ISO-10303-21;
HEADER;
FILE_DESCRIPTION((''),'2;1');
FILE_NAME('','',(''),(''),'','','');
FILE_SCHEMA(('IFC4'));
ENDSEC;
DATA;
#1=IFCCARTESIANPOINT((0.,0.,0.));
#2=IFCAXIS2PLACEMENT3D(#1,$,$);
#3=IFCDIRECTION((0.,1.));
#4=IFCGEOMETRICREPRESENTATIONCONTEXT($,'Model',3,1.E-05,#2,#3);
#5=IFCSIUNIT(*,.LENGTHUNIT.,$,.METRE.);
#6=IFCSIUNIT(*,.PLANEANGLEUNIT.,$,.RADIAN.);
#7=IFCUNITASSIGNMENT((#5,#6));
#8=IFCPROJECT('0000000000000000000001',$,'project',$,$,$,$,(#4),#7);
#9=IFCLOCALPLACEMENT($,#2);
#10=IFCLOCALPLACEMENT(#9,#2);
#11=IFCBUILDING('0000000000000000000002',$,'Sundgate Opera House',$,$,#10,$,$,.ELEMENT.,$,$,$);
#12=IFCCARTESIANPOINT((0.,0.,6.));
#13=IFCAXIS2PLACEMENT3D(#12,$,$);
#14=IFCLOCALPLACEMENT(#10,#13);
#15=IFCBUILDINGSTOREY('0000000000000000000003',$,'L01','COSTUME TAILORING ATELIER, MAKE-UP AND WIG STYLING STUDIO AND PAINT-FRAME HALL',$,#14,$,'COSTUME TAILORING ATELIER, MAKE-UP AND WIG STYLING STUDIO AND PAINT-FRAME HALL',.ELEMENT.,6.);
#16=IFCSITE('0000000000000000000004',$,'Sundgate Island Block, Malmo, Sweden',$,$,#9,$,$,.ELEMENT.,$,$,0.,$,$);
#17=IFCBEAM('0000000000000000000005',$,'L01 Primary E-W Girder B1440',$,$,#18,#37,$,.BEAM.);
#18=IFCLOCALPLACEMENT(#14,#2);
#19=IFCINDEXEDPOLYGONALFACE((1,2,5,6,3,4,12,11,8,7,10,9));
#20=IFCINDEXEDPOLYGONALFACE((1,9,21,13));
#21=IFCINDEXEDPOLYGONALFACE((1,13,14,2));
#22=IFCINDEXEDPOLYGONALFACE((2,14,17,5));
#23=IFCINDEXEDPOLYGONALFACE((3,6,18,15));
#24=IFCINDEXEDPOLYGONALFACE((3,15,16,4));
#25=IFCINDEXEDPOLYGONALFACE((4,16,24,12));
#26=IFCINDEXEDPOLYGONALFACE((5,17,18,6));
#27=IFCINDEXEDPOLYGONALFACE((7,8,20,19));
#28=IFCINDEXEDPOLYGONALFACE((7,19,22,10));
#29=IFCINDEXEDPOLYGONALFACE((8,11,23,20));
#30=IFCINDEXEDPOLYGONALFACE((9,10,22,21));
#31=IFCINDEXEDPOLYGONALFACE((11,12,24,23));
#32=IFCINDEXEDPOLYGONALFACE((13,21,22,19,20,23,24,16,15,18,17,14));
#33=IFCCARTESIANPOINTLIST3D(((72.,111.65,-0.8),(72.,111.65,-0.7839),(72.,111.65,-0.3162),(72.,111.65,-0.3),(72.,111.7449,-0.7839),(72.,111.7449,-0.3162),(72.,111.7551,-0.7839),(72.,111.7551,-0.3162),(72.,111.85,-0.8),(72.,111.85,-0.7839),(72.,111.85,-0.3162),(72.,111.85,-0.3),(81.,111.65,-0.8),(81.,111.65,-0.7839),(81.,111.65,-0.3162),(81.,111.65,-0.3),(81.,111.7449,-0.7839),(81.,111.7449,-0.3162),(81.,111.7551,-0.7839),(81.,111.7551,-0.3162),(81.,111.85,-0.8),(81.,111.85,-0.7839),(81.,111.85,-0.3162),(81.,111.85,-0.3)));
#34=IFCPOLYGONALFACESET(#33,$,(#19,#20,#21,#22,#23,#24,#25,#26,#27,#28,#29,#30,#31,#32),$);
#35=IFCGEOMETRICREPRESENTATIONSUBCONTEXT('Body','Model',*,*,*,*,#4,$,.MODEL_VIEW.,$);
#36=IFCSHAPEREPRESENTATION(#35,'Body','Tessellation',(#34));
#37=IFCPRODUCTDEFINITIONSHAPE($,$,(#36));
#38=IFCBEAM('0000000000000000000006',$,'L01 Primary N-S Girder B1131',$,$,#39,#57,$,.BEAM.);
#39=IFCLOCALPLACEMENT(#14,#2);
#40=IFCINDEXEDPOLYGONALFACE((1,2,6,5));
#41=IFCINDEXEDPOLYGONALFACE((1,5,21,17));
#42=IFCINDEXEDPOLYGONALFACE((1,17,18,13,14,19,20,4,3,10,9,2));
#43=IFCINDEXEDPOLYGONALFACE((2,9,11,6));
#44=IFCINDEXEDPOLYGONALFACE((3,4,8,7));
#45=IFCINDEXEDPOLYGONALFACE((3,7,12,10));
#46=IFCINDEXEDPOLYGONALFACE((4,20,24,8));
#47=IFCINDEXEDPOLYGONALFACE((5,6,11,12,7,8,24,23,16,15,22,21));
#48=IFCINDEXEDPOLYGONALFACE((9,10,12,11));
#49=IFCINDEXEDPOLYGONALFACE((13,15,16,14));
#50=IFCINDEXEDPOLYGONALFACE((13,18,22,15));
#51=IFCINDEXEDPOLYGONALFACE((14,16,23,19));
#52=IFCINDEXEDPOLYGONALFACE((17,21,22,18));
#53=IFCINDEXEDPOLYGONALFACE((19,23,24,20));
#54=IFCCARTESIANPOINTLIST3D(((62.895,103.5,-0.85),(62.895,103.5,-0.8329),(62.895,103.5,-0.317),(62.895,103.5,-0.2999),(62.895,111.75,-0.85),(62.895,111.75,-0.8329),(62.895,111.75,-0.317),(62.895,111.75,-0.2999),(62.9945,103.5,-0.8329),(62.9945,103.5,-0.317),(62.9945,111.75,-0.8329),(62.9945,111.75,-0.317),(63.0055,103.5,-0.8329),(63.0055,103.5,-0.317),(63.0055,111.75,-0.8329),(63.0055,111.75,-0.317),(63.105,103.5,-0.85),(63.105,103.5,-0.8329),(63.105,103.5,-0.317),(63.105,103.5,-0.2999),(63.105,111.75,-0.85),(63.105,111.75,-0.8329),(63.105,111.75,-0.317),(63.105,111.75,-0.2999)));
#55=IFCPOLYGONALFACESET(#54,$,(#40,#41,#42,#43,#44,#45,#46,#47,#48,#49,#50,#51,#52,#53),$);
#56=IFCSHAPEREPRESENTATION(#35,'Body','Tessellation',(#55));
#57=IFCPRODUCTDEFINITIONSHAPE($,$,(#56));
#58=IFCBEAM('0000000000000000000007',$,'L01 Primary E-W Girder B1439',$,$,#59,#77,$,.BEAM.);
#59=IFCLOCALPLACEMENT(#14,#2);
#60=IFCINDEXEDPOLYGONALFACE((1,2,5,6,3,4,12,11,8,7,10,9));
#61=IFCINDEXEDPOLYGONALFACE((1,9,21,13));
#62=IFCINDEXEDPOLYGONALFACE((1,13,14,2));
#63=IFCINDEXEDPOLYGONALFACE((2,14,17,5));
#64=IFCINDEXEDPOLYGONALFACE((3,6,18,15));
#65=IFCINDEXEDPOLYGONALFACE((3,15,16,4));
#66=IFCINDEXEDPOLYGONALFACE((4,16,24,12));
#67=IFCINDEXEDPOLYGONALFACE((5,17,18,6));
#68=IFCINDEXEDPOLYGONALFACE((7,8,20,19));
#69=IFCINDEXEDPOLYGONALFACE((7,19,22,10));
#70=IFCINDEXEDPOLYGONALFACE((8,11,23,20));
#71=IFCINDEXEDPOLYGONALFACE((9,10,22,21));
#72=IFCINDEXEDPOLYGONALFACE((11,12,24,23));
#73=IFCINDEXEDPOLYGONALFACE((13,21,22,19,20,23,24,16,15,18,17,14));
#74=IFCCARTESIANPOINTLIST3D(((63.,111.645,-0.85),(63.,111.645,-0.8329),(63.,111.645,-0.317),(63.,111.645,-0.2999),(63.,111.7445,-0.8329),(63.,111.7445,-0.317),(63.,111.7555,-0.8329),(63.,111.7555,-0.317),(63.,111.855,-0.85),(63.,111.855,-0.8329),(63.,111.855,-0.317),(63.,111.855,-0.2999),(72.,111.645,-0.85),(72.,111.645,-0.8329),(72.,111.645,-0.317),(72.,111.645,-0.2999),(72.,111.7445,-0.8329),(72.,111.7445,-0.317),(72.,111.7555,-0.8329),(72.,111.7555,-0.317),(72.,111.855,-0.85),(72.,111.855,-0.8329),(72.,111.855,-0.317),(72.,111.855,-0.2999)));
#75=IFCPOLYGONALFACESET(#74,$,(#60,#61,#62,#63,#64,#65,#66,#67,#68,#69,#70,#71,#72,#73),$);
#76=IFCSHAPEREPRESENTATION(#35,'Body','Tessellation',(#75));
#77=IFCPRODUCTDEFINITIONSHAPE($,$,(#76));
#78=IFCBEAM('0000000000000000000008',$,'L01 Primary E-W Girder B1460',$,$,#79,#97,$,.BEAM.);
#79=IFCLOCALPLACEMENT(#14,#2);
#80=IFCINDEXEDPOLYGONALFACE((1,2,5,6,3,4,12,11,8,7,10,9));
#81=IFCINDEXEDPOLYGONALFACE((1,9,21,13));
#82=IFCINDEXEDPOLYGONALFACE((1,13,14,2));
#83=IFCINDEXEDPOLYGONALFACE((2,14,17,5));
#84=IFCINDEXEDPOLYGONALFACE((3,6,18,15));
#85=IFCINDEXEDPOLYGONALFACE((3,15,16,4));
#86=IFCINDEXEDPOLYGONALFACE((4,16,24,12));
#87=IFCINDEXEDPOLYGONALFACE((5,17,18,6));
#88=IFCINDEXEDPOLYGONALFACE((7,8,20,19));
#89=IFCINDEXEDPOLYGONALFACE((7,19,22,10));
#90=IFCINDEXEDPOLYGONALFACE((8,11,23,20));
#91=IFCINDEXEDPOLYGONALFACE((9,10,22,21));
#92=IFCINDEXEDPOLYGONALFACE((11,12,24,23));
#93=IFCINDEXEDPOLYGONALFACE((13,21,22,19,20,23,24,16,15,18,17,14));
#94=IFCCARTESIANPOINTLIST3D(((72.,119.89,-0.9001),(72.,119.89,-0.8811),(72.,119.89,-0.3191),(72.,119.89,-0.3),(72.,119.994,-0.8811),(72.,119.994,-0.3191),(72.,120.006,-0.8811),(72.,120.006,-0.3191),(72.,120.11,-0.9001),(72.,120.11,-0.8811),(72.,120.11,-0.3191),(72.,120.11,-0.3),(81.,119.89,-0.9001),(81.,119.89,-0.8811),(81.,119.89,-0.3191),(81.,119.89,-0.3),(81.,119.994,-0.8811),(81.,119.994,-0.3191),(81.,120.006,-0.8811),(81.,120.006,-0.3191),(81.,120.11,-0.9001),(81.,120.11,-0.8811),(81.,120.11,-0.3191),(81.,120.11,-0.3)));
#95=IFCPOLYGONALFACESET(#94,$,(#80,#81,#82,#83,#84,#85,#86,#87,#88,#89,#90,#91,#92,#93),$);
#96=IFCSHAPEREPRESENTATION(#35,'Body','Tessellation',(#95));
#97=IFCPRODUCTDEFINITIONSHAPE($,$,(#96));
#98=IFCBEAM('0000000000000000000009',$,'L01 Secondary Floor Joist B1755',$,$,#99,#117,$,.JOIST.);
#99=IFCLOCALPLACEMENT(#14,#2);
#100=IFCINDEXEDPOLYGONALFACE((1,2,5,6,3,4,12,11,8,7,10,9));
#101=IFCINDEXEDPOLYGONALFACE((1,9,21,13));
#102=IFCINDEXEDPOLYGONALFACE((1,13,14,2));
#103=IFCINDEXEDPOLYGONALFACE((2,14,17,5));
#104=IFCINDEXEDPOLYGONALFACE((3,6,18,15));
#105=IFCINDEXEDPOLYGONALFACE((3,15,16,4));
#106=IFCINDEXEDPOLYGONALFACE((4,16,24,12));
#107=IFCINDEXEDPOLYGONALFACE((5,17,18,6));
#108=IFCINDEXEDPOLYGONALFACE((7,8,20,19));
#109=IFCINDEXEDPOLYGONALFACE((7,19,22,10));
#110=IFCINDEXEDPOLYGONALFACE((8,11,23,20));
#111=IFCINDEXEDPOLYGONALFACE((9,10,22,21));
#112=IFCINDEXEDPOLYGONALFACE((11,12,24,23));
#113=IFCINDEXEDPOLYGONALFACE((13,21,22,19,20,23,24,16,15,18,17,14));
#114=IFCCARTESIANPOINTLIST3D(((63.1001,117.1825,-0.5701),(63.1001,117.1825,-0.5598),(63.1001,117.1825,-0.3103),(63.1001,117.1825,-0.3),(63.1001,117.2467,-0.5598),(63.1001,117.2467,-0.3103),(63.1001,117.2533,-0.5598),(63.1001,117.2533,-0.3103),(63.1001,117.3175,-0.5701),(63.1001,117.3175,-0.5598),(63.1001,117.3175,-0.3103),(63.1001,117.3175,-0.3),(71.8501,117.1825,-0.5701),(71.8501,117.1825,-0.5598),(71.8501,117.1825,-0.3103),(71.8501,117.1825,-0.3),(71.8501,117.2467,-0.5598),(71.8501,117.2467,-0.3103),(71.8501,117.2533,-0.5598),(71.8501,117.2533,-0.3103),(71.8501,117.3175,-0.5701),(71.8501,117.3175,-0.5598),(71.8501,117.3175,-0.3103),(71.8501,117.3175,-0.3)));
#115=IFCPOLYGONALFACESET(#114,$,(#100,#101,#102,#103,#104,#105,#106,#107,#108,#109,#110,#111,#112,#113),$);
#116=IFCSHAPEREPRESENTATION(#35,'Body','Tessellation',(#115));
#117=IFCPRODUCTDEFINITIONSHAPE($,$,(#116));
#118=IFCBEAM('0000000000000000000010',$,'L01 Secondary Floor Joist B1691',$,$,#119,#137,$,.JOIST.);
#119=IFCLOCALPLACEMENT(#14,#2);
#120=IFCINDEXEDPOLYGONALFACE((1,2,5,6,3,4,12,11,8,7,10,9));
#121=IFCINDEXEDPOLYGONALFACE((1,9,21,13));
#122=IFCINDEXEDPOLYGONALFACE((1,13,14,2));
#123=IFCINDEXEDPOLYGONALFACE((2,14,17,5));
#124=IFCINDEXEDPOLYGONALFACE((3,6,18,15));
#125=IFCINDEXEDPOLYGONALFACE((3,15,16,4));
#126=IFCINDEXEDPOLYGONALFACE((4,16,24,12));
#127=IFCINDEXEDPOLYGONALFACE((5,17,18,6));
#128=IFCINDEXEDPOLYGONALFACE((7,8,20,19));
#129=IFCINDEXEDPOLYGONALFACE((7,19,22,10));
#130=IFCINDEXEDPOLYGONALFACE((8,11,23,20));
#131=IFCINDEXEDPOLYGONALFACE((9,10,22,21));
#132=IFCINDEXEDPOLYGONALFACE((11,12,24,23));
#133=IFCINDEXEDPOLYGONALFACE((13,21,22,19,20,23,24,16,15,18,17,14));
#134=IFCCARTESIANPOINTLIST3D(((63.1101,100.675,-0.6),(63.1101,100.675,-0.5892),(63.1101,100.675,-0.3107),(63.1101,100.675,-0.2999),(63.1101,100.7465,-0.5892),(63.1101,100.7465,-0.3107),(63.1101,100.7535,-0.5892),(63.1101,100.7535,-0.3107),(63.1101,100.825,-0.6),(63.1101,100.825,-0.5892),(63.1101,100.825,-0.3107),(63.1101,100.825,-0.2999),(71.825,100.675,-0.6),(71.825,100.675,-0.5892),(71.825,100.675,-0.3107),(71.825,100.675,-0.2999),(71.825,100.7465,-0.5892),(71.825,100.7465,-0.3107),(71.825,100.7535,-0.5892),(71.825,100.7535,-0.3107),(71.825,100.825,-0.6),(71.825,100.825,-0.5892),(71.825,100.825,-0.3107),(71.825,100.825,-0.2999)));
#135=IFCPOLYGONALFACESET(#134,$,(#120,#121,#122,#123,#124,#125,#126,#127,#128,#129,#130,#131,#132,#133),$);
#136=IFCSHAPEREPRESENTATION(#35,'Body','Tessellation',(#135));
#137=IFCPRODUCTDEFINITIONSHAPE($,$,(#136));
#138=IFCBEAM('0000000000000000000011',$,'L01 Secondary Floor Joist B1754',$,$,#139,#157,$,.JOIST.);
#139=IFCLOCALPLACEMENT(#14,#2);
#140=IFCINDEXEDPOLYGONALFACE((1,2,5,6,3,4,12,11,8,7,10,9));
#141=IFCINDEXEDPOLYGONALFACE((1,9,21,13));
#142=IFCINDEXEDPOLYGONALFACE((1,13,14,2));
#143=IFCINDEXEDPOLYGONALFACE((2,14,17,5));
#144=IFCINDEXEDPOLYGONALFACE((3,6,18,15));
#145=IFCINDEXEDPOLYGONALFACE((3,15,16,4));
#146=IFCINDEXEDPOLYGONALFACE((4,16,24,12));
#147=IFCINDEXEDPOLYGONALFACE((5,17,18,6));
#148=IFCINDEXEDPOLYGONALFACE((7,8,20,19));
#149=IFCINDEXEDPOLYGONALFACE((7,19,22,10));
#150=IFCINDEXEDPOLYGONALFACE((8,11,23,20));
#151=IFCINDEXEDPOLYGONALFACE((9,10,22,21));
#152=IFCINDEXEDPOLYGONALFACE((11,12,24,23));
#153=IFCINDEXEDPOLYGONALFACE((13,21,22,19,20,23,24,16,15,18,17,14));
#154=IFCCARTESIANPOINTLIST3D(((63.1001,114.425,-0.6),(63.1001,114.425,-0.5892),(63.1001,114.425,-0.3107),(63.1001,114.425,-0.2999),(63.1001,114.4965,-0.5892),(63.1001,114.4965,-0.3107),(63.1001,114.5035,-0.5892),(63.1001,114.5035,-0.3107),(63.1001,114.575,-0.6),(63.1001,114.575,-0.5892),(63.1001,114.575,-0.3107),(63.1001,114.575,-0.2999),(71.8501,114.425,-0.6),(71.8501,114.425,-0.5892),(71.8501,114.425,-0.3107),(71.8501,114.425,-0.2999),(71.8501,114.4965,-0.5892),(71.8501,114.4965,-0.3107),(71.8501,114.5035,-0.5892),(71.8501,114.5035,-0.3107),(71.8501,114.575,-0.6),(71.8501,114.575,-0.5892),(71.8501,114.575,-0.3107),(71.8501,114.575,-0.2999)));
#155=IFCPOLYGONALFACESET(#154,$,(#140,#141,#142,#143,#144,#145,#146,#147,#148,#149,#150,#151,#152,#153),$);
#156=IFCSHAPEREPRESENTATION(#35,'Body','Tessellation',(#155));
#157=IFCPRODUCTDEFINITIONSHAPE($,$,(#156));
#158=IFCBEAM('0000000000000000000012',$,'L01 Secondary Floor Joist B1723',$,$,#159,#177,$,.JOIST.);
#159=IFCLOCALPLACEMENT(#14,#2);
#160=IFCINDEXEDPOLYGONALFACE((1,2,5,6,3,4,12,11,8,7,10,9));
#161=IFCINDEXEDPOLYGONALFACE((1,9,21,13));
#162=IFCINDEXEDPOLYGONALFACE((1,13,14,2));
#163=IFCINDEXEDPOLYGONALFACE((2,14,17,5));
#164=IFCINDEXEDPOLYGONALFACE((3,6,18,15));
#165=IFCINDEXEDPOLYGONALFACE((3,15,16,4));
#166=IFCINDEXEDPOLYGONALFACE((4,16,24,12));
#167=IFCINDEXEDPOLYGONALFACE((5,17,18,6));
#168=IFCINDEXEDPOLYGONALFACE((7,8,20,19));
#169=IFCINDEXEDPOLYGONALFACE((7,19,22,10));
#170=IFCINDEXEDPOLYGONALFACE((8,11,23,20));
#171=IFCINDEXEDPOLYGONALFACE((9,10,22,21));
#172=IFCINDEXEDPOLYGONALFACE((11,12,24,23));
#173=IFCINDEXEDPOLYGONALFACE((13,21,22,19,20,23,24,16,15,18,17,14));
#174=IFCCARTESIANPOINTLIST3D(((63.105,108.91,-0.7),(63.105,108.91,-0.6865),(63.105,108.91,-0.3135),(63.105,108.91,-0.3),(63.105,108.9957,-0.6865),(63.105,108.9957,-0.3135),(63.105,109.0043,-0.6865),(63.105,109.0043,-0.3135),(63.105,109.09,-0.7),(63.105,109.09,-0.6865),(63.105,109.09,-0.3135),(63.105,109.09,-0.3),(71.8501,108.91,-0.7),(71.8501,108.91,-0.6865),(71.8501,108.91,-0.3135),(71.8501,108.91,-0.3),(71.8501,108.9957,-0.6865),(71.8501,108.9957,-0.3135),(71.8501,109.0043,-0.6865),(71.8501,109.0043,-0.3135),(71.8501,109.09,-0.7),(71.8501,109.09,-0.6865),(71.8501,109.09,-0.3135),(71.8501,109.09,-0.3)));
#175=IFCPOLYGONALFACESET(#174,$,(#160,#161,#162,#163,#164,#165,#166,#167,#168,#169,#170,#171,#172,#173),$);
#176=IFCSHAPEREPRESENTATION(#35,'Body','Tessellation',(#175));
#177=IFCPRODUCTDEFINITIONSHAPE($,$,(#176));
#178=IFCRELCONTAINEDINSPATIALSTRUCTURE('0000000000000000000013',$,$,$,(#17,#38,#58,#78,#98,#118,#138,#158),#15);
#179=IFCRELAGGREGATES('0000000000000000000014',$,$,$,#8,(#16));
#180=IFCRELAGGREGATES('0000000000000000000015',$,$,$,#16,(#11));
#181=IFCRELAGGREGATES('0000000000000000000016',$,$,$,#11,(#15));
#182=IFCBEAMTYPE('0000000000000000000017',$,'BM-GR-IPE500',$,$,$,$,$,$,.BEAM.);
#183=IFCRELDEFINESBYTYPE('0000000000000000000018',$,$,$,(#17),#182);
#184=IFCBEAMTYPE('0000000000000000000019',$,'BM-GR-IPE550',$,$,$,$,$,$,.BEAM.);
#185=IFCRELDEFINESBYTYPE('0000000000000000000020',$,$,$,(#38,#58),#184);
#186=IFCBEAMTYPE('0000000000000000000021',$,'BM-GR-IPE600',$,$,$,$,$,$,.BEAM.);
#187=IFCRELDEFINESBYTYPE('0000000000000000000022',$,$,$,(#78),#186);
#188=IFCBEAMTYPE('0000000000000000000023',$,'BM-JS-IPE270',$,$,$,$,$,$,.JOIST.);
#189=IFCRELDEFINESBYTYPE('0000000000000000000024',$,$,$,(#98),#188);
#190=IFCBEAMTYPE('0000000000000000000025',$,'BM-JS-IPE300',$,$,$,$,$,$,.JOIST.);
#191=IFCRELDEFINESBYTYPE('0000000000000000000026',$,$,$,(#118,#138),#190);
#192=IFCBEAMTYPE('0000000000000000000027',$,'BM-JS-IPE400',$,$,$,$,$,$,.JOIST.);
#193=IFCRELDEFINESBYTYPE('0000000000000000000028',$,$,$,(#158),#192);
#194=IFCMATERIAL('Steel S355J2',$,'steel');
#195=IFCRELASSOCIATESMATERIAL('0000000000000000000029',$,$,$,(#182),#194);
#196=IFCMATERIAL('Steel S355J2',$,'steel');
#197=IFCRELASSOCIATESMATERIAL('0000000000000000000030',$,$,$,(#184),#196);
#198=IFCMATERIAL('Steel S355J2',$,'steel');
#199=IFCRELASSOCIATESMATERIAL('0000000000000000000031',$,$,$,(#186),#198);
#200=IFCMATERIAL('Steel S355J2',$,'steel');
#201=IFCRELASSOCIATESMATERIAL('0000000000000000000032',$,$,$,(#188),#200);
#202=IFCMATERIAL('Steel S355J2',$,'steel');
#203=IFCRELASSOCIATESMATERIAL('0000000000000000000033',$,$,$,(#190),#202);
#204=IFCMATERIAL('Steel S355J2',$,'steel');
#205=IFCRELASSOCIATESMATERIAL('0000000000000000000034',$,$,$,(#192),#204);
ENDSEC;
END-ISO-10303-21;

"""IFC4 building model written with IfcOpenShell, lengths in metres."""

from ifc_helpers import new_model, si_unit, direction, frame, origin, origin_2d, place, context, subcontext, project, spatial, i_section, extrude, material, material_profile, profile_set, type_object, element, save


model = new_model("IFC4")

# Units and contexts
model_context = context("Model", 3, precision=1e-05, world=origin(), true_north=direction((0.0, 1.0)))
body_context = subcontext(model_context, "Body", "Model", "MODEL_VIEW")
ifc_project = project(units=[si_unit("LENGTHUNIT", "METRE"), si_unit("PLANEANGLEUNIT", "RADIAN")], contexts=[model_context])

# Site, building, storey
site_placement = place(None, origin())
site = spatial("IfcSite", under=ifc_project, at=site_placement, Name="Sundgate Island Block, Malmo, Sweden", CompositionType="ELEMENT", RefElevation=0.0)
building_placement = place(site_placement, origin())
building = spatial("IfcBuilding", under=site, at=building_placement, Name="Sundgate Opera House", CompositionType="ELEMENT")
storey_placement = place(building_placement, frame((0.0, 0.0, 6.0)))
storey = spatial("IfcBuildingStorey", under=building, at=storey_placement, Name="L01", Description="COSTUME TAILORING ATELIER, MAKE-UP AND WIG STYLING STUDIO AND PAINT-FRAME HALL", LongName="COSTUME TAILORING ATELIER, MAKE-UP AND WIG STYLING STUDIO AND PAINT-FRAME HALL", CompositionType="ELEMENT", Elevation=6.0)

# Beams
ifc_material_1 = material(Name="Steel S355J2", Category="steel")
ifc_material_profile_1 = material_profile(ifc_material_1, i_section(OverallWidth=0.2, OverallDepth=0.5, WebThickness=0.0103, FlangeThickness=0.0161, at=origin_2d()), Name="IPE 500")
ifc_profile_set_1 = profile_set([ifc_material_profile_1], Name="Steel S355J2")
beam_type_1 = type_object("IfcBeamType", Name="BM-GR-IPE500", PredefinedType="BEAM", material=ifc_profile_set_1)
beam_1_placement = place(storey_placement, frame((72.0, 111.75, -0.55), z_axis=(1.0, 0.0, 0.0), x_axis=(0.0, 1.0, 0.0)))
element("IfcBeam", 1, at=beam_1_placement, inside=storey, type_object=beam_type_1, Name="L01 Primary E-W Girder B1440", PredefinedType="BEAM", context=body_context, shape_type="SweptSolid", body=[
    extrude(i_section(OverallWidth=0.2, OverallDepth=0.5, WebThickness=0.0103, FlangeThickness=0.0161, at=origin_2d()), origin(), (0.0, 0.0, 1.0), 9.0),
])
ifc_material_2 = material(Name="Steel S355J2", Category="steel")
ifc_material_profile_2 = material_profile(ifc_material_2, i_section(OverallWidth=0.21, OverallDepth=0.55, WebThickness=0.011, FlangeThickness=0.0171, at=origin_2d()), Name="IPE 550")
ifc_profile_set_2 = profile_set([ifc_material_profile_2], Name="Steel S355J2")
beam_type_2 = type_object("IfcBeamType", Name="BM-GR-IPE550", PredefinedType="BEAM", material=ifc_profile_set_2)
beam_2_placement = place(storey_placement, frame((63.0, 103.5, -0.575), z_axis=(0.0, 1.0, 0.0), x_axis=(-1.0, 0.0, 0.0)))
element("IfcBeam", 2, at=beam_2_placement, inside=storey, type_object=beam_type_2, Name="L01 Primary N-S Girder B1131", PredefinedType="BEAM", context=body_context, shape_type="SweptSolid", body=[
    extrude(i_section(OverallWidth=0.21, OverallDepth=0.55, WebThickness=0.011, FlangeThickness=0.0171, at=origin_2d()), origin(), (0.0, 0.0, 1.0), 8.25),
])
beam_3_placement = place(storey_placement, frame((63.0, 111.75, -0.575), z_axis=(1.0, 0.0, 0.0), x_axis=(0.0, 1.0, 0.0)))
element("IfcBeam", 3, at=beam_3_placement, inside=storey, type_object=beam_type_2, Name="L01 Primary E-W Girder B1439", PredefinedType="BEAM", context=body_context, shape_type="SweptSolid", body=[
    extrude(i_section(OverallWidth=0.21, OverallDepth=0.55, WebThickness=0.011, FlangeThickness=0.0171, at=origin_2d()), origin(), (0.0, 0.0, 1.0), 9.0),
])
ifc_material_3 = material(Name="Steel S355J2", Category="steel")
ifc_material_profile_3 = material_profile(ifc_material_3, i_section(OverallWidth=0.22, OverallDepth=0.6001, WebThickness=0.012, FlangeThickness=0.019, at=origin_2d()), Name="IPE 600")
ifc_profile_set_3 = profile_set([ifc_material_profile_3], Name="Steel S355J2")
beam_type_3 = type_object("IfcBeamType", Name="BM-GR-IPE600", PredefinedType="BEAM", material=ifc_profile_set_3)
beam_4_placement = place(storey_placement, frame((72.0, 120.0, -0.6001), z_axis=(1.0, 0.0, 0.0), x_axis=(0.0, 1.0, 0.0)))
element("IfcBeam", 4, at=beam_4_placement, inside=storey, type_object=beam_type_3, Name="L01 Primary E-W Girder B1460", PredefinedType="BEAM", context=body_context, shape_type="SweptSolid", body=[
    extrude(i_section(OverallWidth=0.22, OverallDepth=0.6001, WebThickness=0.012, FlangeThickness=0.019, at=origin_2d()), origin(), (0.0, 0.0, 1.0), 9.0),
])
ifc_material_4 = material(Name="Steel S355J2", Category="steel")
ifc_material_profile_4 = material_profile(ifc_material_4, i_section(OverallWidth=0.135, OverallDepth=0.27, WebThickness=0.0066, FlangeThickness=0.0103, at=origin_2d()), Name="IPE 270")
ifc_profile_set_4 = profile_set([ifc_material_profile_4], Name="Steel S355J2")
beam_type_4 = type_object("IfcBeamType", Name="BM-JS-IPE270", PredefinedType="JOIST", material=ifc_profile_set_4)
beam_5_placement = place(storey_placement, frame((63.1001, 117.25, -0.4351), z_axis=(1.0, 0.0, 0.0), x_axis=(0.0, 1.0, 0.0)))
element("IfcBeam", 5, at=beam_5_placement, inside=storey, type_object=beam_type_4, Name="L01 Secondary Floor Joist B1755", PredefinedType="JOIST", context=body_context, shape_type="SweptSolid", body=[
    extrude(i_section(OverallWidth=0.135, OverallDepth=0.27, WebThickness=0.0066, FlangeThickness=0.0103, at=origin_2d()), origin(), (0.0, 0.0, 1.0), 8.75),
])
ifc_material_5 = material(Name="Steel S355J2", Category="steel")
ifc_material_profile_5 = material_profile(ifc_material_5, i_section(OverallWidth=0.1499, OverallDepth=0.3, WebThickness=0.0071, FlangeThickness=0.0107, at=origin_2d()), Name="IPE 300")
ifc_profile_set_5 = profile_set([ifc_material_profile_5], Name="Steel S355J2")
beam_type_5 = type_object("IfcBeamType", Name="BM-JS-IPE300", PredefinedType="JOIST", material=ifc_profile_set_5)
beam_6_placement = place(storey_placement, frame((63.1101, 100.75, -0.45), z_axis=(1.0, 0.0, 0.0), x_axis=(0.0, 1.0, 0.0)))
element("IfcBeam", 6, at=beam_6_placement, inside=storey, type_object=beam_type_5, Name="L01 Secondary Floor Joist B1691", PredefinedType="JOIST", context=body_context, shape_type="SweptSolid", body=[
    extrude(i_section(OverallWidth=0.1499, OverallDepth=0.3, WebThickness=0.0071, FlangeThickness=0.0107, at=origin_2d()), origin(), (0.0, 0.0, 1.0), 8.7148),
])
beam_7_placement = place(storey_placement, frame((63.1001, 114.5, -0.45), z_axis=(1.0, 0.0, 0.0), x_axis=(0.0, 1.0, 0.0)))
element("IfcBeam", 7, at=beam_7_placement, inside=storey, type_object=beam_type_5, Name="L01 Secondary Floor Joist B1754", PredefinedType="JOIST", context=body_context, shape_type="SweptSolid", body=[
    extrude(i_section(OverallWidth=0.1499, OverallDepth=0.3, WebThickness=0.0071, FlangeThickness=0.0107, at=origin_2d()), origin(), (0.0, 0.0, 1.0), 8.75),
])
ifc_material_6 = material(Name="Steel S355J2", Category="steel")
ifc_material_profile_6 = material_profile(ifc_material_6, i_section(OverallWidth=0.1799, OverallDepth=0.3999, WebThickness=0.0085, FlangeThickness=0.0134, at=origin_2d()), Name="IPE 400")
ifc_profile_set_6 = profile_set([ifc_material_profile_6], Name="Steel S355J2")
beam_type_6 = type_object("IfcBeamType", Name="BM-JS-IPE400", PredefinedType="JOIST", material=ifc_profile_set_6)
beam_8_placement = place(storey_placement, frame((63.105, 109.0, -0.5), z_axis=(1.0, 0.0, 0.0), x_axis=(0.0, 1.0, 0.0)))
element("IfcBeam", 8, at=beam_8_placement, inside=storey, type_object=beam_type_6, Name="L01 Secondary Floor Joist B1723", PredefinedType="JOIST", context=body_context, shape_type="SweptSolid", body=[
    extrude(i_section(OverallWidth=0.1799, OverallDepth=0.3999, WebThickness=0.0085, FlangeThickness=0.0134, at=origin_2d()), origin(), (0.0, 0.0, 1.0), 8.7451),
])

save(model, "model.ifc")
